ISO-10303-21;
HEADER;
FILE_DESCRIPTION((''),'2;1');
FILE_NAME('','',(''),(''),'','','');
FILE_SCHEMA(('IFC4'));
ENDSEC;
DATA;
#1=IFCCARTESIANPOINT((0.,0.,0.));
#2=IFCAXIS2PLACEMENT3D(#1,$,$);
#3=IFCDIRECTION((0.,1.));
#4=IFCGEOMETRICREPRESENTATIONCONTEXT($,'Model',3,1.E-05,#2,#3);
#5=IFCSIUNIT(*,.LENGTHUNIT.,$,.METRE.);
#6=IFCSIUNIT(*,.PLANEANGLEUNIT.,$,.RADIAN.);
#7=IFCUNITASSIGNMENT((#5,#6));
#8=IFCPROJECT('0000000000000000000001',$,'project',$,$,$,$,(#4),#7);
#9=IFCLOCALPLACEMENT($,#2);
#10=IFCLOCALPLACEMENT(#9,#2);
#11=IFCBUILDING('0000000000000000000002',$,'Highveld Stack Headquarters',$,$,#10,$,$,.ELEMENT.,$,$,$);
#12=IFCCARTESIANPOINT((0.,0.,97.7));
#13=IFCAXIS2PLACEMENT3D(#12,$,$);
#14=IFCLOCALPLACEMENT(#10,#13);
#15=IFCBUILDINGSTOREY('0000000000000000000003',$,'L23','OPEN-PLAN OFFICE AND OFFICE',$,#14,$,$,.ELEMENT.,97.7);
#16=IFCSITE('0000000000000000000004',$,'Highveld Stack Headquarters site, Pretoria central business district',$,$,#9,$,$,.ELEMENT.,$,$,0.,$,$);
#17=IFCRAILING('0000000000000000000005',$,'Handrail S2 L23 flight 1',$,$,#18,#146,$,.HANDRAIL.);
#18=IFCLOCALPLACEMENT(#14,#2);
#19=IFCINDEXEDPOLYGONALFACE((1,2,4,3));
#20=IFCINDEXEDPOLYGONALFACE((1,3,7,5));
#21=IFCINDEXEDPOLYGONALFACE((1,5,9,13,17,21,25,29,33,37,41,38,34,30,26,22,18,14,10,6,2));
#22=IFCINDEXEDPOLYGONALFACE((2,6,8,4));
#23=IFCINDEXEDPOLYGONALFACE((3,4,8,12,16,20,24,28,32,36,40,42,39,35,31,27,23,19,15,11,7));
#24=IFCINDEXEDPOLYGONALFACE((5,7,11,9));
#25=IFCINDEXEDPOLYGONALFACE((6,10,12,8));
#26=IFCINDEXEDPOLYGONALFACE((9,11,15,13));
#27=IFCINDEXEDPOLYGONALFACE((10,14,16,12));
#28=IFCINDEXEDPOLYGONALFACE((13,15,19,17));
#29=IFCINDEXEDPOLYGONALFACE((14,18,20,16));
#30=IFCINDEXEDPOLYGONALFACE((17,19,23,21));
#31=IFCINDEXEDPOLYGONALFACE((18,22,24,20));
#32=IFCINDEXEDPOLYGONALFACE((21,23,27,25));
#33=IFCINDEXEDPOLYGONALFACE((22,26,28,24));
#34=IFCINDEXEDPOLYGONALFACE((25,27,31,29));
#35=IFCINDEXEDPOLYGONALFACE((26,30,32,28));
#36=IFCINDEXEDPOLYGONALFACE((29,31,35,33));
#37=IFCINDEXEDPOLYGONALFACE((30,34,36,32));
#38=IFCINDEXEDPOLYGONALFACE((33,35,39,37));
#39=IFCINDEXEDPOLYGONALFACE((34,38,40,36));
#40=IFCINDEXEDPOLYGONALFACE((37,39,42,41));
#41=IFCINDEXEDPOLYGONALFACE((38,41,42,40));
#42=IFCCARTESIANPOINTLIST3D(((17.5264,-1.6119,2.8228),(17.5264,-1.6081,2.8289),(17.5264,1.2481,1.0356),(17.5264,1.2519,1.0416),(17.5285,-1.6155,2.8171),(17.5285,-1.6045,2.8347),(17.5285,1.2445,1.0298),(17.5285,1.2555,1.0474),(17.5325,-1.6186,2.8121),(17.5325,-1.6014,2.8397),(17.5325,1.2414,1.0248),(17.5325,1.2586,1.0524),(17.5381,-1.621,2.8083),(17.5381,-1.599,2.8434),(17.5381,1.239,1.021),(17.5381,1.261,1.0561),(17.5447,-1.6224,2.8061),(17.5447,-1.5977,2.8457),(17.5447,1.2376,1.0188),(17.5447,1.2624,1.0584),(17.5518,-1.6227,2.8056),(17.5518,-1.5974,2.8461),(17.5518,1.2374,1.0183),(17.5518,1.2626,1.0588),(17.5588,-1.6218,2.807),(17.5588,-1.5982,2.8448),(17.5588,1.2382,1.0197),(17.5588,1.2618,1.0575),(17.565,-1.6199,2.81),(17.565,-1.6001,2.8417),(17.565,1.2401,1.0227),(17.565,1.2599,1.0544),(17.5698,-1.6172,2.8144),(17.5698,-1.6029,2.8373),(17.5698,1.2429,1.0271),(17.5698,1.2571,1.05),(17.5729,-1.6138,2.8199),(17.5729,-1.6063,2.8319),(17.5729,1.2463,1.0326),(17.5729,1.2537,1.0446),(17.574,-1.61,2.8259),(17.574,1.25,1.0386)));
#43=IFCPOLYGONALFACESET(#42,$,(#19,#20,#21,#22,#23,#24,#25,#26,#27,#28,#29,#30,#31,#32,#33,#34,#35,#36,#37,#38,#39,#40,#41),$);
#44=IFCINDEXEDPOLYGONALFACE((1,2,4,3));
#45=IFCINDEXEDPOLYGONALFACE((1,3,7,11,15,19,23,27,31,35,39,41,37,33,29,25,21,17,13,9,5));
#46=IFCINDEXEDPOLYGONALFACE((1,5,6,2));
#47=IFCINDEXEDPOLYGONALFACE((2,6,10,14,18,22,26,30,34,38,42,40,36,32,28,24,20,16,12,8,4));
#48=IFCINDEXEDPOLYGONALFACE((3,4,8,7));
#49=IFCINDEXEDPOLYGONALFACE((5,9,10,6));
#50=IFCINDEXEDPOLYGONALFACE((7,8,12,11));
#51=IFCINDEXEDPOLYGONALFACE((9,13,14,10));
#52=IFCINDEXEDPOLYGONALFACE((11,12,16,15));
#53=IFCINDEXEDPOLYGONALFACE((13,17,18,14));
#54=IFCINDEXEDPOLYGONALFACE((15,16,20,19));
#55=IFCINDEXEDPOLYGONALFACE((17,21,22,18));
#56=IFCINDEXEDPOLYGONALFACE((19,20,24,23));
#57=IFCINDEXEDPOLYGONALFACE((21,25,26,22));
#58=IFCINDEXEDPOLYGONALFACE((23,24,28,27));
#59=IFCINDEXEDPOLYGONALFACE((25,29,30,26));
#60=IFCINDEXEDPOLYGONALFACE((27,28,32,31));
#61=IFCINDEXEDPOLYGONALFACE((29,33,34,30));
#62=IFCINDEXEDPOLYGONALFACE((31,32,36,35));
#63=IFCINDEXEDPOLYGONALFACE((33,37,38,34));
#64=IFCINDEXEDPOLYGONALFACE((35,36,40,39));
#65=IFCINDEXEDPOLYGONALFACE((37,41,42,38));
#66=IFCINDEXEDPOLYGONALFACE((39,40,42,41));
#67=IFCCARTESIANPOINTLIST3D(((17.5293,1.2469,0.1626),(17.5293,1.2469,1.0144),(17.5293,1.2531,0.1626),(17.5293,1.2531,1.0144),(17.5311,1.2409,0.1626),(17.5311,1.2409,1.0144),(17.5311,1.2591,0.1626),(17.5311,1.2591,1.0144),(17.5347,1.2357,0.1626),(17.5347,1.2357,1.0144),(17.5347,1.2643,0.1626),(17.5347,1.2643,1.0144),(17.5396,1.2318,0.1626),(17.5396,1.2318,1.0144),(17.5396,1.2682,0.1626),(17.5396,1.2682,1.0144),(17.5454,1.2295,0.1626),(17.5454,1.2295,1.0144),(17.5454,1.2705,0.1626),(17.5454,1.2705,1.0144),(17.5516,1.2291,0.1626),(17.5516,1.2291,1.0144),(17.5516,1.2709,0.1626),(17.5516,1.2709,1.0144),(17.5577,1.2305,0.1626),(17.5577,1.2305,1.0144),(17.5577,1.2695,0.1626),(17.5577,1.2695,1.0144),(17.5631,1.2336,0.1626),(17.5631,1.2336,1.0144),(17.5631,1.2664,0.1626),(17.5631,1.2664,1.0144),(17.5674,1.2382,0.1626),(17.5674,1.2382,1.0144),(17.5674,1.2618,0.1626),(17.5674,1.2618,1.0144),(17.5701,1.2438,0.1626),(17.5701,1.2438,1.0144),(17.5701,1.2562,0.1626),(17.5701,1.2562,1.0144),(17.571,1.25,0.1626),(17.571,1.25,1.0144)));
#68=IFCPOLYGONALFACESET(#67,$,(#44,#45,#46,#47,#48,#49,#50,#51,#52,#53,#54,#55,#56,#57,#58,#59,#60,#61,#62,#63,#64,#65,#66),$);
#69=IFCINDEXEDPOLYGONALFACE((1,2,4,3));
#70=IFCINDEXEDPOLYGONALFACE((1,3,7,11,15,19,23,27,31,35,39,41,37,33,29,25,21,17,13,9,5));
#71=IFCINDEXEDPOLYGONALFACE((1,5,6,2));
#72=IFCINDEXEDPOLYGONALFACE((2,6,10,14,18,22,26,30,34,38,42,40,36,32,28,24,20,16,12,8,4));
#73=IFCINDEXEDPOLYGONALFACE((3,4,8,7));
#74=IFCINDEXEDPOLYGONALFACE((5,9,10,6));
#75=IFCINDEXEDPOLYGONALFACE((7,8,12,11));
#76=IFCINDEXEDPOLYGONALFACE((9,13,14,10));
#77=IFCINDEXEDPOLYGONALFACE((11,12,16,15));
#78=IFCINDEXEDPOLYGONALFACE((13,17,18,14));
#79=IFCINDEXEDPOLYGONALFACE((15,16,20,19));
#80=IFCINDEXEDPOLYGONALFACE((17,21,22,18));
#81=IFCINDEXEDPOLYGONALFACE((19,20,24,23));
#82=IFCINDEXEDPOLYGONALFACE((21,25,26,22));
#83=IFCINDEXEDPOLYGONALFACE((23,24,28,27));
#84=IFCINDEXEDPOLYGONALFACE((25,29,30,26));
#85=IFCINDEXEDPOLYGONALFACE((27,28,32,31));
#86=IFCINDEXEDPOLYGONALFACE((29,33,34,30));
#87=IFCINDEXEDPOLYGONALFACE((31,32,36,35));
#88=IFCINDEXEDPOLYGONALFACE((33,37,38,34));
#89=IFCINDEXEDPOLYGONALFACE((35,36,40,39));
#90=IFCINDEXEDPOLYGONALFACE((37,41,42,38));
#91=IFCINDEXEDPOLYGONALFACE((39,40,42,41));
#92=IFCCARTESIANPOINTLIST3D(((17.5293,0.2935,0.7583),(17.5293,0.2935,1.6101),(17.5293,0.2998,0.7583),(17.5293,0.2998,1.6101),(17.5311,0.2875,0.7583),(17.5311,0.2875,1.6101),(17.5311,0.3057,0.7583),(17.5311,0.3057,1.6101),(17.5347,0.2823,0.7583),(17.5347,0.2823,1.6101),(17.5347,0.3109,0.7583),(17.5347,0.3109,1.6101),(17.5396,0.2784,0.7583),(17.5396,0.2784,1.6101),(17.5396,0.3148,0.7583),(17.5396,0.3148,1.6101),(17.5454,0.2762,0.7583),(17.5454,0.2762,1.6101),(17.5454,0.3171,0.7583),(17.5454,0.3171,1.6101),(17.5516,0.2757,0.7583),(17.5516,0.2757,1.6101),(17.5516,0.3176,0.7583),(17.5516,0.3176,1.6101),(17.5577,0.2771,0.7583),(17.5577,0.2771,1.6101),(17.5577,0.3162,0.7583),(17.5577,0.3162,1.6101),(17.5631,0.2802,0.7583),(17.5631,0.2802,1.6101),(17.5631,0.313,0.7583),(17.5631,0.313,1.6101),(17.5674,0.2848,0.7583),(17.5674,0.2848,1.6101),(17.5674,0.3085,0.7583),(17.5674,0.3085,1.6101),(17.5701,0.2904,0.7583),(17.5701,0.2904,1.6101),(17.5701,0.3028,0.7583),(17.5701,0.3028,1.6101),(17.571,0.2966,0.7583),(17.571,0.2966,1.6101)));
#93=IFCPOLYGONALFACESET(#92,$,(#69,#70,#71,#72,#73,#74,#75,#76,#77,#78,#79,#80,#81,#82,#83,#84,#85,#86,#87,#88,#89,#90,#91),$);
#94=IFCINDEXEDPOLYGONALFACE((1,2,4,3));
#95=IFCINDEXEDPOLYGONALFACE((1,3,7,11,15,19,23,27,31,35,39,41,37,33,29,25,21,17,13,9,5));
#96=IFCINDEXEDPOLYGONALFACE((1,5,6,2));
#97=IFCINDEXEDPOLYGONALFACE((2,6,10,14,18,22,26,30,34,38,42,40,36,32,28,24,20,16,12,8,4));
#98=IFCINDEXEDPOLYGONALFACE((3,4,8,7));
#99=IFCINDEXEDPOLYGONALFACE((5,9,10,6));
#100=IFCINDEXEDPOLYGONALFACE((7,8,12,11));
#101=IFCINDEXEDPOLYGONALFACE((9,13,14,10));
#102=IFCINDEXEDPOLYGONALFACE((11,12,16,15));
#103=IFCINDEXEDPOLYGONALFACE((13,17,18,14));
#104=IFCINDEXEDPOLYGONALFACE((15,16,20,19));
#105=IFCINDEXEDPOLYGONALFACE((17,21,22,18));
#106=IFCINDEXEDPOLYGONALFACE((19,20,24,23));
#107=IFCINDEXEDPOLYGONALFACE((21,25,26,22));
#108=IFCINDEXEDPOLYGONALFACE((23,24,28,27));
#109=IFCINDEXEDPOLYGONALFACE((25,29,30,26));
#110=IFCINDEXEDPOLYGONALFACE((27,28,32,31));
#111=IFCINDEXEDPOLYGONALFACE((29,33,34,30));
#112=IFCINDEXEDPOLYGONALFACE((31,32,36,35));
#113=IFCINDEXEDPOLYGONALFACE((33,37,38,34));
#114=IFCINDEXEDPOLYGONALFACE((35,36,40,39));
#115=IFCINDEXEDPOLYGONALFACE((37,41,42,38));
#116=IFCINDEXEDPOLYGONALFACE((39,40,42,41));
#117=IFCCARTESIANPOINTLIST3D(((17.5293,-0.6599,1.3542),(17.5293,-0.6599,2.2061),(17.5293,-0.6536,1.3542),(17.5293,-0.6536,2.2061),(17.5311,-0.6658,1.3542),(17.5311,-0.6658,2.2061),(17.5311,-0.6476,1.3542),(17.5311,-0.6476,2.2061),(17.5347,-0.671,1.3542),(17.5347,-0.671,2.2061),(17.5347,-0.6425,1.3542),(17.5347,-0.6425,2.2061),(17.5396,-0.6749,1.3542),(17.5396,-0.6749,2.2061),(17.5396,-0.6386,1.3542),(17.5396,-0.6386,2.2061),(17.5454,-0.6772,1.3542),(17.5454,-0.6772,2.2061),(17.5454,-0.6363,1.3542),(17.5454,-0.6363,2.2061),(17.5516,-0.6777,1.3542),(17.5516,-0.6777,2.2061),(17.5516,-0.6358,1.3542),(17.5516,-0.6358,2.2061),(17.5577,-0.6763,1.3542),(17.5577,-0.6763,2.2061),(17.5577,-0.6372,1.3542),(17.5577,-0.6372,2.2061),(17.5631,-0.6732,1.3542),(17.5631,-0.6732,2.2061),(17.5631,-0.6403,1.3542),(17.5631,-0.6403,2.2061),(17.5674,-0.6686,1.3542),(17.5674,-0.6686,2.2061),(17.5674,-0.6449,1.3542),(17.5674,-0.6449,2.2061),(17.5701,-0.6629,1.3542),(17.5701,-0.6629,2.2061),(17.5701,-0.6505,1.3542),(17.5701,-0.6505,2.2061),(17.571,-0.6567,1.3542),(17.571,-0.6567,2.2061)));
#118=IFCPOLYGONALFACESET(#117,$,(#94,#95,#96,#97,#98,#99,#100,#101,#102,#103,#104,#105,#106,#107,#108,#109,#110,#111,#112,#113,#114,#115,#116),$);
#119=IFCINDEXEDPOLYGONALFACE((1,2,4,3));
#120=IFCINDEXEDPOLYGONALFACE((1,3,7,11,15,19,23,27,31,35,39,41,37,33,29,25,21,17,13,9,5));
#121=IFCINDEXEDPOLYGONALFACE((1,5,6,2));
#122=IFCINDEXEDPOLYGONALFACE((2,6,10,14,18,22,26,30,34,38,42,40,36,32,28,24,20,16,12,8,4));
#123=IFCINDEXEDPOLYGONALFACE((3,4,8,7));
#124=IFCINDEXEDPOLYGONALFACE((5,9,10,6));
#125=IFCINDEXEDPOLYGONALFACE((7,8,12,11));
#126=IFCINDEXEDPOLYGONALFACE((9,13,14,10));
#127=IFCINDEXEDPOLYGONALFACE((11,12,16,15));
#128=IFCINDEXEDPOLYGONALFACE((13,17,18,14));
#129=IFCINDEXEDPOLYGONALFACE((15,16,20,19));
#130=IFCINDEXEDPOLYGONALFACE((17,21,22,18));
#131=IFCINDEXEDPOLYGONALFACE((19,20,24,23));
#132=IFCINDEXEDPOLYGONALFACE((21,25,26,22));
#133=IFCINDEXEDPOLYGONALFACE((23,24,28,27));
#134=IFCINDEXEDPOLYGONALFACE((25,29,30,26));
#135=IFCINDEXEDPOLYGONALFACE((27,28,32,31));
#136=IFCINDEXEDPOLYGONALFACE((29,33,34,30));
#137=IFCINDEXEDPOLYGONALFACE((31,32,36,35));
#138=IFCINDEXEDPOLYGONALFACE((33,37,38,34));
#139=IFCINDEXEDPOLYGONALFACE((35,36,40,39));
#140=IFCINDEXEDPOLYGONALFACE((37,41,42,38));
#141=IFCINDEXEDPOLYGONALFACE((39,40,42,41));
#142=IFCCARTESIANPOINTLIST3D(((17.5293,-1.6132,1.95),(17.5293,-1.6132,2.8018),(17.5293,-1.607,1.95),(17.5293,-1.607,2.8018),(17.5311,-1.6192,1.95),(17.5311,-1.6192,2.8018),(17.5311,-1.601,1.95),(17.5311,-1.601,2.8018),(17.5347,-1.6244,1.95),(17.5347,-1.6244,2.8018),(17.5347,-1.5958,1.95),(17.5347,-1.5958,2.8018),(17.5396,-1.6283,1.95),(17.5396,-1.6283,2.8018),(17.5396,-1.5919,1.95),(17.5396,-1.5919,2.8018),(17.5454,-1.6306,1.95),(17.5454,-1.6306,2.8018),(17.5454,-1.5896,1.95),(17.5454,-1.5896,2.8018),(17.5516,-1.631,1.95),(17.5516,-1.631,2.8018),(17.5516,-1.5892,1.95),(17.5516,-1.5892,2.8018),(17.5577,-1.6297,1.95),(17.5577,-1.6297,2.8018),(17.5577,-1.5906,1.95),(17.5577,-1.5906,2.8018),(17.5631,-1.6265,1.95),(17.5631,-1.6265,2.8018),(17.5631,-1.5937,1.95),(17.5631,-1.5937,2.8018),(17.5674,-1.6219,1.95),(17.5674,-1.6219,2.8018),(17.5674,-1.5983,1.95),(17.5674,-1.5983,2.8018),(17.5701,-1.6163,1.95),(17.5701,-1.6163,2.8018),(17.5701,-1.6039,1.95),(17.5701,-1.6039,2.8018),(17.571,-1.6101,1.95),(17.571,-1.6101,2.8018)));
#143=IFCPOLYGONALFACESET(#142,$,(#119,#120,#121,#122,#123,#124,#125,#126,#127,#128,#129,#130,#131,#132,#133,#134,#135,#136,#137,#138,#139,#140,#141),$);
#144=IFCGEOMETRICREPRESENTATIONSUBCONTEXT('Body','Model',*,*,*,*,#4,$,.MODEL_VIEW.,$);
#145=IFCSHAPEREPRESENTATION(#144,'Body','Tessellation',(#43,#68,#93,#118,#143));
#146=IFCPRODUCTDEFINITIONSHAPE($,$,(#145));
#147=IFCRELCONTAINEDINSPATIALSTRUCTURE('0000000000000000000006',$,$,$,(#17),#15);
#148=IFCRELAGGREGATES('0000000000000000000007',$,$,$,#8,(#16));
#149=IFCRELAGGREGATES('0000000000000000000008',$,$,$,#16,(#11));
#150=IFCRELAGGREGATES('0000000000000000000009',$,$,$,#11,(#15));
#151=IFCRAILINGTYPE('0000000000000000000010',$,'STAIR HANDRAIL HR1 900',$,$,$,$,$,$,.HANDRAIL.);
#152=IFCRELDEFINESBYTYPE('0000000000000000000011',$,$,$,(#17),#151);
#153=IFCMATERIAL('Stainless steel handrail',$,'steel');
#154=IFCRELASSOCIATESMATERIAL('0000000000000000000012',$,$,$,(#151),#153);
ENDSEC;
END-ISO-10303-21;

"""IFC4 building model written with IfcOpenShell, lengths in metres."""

from ifc_helpers import new_model, si_unit, direction, frame, origin, origin_2d, place, context, subcontext, project, spatial, circle, extrude, material, type_object, element, save


model = new_model("IFC4")

# Units and contexts
model_context = context("Model", 3, precision=1e-05, world=origin(), true_north=direction((0.0, 1.0)))
body_context = subcontext(model_context, "Body", "Model", "MODEL_VIEW")
ifc_project = project(units=[si_unit("LENGTHUNIT", "METRE"), si_unit("PLANEANGLEUNIT", "RADIAN")], contexts=[model_context])

# Site, building, storey
site_placement = place(None, origin())
site = spatial("IfcSite", under=ifc_project, at=site_placement, Name="Highveld Stack Headquarters site, Pretoria central business district", CompositionType="ELEMENT", RefElevation=0.0)
building_placement = place(site_placement, origin())
building = spatial("IfcBuilding", under=site, at=building_placement, Name="Highveld Stack Headquarters", CompositionType="ELEMENT")
storey_placement = place(building_placement, frame((0.0, 0.0, 97.7)))
storey = spatial("IfcBuildingStorey", under=building, at=storey_placement, Name="L23", Description="OPEN-PLAN OFFICE AND OFFICE", CompositionType="ELEMENT", Elevation=97.7)

# Railing
ifc_material_1 = material(Name="Stainless steel handrail", Category="steel")
railing_type = type_object("IfcRailingType", Name="STAIR HANDRAIL HR1 900", PredefinedType="HANDRAIL", material=ifc_material_1)
for number, where, name in (
    (1, (17.55, 1.25, 0.1626), "Handrail S2 L23 flight 1"),
):
    element("IfcRailing", number, at=place(storey_placement, frame(where)), inside=storey, type_object=railing_type, Name=name, PredefinedType="HANDRAIL", context=body_context, shape_type="SweptSolid", body=[
        extrude(circle(Radius=0.0239, at=origin_2d()), frame((0.0, 0.0, 0.876), z_axis=(0.0, -0.848027, 0.529953), x_axis=(1.0, 0.0, 0.0)), (0.0, 0.0, 1.0), 3.3726),
        extrude(circle(Radius=0.021, at=origin_2d()), origin(), (0.0, 0.0, 1.0), 0.8518),
        extrude(circle(Radius=0.021, at=origin_2d()), frame((0.0, -0.9534, 0.5957)), (0.0, 0.0, 1.0), 0.8518),
        extrude(circle(Radius=0.021, at=origin_2d()), frame((0.0, -1.9067, 1.1917)), (0.0, 0.0, 1.0), 0.8518),
        extrude(circle(Radius=0.021, at=origin_2d()), frame((0.0, -2.8601, 1.7874)), (0.0, 0.0, 1.0), 0.8518),
    ])

save(model, "model.ifc")
